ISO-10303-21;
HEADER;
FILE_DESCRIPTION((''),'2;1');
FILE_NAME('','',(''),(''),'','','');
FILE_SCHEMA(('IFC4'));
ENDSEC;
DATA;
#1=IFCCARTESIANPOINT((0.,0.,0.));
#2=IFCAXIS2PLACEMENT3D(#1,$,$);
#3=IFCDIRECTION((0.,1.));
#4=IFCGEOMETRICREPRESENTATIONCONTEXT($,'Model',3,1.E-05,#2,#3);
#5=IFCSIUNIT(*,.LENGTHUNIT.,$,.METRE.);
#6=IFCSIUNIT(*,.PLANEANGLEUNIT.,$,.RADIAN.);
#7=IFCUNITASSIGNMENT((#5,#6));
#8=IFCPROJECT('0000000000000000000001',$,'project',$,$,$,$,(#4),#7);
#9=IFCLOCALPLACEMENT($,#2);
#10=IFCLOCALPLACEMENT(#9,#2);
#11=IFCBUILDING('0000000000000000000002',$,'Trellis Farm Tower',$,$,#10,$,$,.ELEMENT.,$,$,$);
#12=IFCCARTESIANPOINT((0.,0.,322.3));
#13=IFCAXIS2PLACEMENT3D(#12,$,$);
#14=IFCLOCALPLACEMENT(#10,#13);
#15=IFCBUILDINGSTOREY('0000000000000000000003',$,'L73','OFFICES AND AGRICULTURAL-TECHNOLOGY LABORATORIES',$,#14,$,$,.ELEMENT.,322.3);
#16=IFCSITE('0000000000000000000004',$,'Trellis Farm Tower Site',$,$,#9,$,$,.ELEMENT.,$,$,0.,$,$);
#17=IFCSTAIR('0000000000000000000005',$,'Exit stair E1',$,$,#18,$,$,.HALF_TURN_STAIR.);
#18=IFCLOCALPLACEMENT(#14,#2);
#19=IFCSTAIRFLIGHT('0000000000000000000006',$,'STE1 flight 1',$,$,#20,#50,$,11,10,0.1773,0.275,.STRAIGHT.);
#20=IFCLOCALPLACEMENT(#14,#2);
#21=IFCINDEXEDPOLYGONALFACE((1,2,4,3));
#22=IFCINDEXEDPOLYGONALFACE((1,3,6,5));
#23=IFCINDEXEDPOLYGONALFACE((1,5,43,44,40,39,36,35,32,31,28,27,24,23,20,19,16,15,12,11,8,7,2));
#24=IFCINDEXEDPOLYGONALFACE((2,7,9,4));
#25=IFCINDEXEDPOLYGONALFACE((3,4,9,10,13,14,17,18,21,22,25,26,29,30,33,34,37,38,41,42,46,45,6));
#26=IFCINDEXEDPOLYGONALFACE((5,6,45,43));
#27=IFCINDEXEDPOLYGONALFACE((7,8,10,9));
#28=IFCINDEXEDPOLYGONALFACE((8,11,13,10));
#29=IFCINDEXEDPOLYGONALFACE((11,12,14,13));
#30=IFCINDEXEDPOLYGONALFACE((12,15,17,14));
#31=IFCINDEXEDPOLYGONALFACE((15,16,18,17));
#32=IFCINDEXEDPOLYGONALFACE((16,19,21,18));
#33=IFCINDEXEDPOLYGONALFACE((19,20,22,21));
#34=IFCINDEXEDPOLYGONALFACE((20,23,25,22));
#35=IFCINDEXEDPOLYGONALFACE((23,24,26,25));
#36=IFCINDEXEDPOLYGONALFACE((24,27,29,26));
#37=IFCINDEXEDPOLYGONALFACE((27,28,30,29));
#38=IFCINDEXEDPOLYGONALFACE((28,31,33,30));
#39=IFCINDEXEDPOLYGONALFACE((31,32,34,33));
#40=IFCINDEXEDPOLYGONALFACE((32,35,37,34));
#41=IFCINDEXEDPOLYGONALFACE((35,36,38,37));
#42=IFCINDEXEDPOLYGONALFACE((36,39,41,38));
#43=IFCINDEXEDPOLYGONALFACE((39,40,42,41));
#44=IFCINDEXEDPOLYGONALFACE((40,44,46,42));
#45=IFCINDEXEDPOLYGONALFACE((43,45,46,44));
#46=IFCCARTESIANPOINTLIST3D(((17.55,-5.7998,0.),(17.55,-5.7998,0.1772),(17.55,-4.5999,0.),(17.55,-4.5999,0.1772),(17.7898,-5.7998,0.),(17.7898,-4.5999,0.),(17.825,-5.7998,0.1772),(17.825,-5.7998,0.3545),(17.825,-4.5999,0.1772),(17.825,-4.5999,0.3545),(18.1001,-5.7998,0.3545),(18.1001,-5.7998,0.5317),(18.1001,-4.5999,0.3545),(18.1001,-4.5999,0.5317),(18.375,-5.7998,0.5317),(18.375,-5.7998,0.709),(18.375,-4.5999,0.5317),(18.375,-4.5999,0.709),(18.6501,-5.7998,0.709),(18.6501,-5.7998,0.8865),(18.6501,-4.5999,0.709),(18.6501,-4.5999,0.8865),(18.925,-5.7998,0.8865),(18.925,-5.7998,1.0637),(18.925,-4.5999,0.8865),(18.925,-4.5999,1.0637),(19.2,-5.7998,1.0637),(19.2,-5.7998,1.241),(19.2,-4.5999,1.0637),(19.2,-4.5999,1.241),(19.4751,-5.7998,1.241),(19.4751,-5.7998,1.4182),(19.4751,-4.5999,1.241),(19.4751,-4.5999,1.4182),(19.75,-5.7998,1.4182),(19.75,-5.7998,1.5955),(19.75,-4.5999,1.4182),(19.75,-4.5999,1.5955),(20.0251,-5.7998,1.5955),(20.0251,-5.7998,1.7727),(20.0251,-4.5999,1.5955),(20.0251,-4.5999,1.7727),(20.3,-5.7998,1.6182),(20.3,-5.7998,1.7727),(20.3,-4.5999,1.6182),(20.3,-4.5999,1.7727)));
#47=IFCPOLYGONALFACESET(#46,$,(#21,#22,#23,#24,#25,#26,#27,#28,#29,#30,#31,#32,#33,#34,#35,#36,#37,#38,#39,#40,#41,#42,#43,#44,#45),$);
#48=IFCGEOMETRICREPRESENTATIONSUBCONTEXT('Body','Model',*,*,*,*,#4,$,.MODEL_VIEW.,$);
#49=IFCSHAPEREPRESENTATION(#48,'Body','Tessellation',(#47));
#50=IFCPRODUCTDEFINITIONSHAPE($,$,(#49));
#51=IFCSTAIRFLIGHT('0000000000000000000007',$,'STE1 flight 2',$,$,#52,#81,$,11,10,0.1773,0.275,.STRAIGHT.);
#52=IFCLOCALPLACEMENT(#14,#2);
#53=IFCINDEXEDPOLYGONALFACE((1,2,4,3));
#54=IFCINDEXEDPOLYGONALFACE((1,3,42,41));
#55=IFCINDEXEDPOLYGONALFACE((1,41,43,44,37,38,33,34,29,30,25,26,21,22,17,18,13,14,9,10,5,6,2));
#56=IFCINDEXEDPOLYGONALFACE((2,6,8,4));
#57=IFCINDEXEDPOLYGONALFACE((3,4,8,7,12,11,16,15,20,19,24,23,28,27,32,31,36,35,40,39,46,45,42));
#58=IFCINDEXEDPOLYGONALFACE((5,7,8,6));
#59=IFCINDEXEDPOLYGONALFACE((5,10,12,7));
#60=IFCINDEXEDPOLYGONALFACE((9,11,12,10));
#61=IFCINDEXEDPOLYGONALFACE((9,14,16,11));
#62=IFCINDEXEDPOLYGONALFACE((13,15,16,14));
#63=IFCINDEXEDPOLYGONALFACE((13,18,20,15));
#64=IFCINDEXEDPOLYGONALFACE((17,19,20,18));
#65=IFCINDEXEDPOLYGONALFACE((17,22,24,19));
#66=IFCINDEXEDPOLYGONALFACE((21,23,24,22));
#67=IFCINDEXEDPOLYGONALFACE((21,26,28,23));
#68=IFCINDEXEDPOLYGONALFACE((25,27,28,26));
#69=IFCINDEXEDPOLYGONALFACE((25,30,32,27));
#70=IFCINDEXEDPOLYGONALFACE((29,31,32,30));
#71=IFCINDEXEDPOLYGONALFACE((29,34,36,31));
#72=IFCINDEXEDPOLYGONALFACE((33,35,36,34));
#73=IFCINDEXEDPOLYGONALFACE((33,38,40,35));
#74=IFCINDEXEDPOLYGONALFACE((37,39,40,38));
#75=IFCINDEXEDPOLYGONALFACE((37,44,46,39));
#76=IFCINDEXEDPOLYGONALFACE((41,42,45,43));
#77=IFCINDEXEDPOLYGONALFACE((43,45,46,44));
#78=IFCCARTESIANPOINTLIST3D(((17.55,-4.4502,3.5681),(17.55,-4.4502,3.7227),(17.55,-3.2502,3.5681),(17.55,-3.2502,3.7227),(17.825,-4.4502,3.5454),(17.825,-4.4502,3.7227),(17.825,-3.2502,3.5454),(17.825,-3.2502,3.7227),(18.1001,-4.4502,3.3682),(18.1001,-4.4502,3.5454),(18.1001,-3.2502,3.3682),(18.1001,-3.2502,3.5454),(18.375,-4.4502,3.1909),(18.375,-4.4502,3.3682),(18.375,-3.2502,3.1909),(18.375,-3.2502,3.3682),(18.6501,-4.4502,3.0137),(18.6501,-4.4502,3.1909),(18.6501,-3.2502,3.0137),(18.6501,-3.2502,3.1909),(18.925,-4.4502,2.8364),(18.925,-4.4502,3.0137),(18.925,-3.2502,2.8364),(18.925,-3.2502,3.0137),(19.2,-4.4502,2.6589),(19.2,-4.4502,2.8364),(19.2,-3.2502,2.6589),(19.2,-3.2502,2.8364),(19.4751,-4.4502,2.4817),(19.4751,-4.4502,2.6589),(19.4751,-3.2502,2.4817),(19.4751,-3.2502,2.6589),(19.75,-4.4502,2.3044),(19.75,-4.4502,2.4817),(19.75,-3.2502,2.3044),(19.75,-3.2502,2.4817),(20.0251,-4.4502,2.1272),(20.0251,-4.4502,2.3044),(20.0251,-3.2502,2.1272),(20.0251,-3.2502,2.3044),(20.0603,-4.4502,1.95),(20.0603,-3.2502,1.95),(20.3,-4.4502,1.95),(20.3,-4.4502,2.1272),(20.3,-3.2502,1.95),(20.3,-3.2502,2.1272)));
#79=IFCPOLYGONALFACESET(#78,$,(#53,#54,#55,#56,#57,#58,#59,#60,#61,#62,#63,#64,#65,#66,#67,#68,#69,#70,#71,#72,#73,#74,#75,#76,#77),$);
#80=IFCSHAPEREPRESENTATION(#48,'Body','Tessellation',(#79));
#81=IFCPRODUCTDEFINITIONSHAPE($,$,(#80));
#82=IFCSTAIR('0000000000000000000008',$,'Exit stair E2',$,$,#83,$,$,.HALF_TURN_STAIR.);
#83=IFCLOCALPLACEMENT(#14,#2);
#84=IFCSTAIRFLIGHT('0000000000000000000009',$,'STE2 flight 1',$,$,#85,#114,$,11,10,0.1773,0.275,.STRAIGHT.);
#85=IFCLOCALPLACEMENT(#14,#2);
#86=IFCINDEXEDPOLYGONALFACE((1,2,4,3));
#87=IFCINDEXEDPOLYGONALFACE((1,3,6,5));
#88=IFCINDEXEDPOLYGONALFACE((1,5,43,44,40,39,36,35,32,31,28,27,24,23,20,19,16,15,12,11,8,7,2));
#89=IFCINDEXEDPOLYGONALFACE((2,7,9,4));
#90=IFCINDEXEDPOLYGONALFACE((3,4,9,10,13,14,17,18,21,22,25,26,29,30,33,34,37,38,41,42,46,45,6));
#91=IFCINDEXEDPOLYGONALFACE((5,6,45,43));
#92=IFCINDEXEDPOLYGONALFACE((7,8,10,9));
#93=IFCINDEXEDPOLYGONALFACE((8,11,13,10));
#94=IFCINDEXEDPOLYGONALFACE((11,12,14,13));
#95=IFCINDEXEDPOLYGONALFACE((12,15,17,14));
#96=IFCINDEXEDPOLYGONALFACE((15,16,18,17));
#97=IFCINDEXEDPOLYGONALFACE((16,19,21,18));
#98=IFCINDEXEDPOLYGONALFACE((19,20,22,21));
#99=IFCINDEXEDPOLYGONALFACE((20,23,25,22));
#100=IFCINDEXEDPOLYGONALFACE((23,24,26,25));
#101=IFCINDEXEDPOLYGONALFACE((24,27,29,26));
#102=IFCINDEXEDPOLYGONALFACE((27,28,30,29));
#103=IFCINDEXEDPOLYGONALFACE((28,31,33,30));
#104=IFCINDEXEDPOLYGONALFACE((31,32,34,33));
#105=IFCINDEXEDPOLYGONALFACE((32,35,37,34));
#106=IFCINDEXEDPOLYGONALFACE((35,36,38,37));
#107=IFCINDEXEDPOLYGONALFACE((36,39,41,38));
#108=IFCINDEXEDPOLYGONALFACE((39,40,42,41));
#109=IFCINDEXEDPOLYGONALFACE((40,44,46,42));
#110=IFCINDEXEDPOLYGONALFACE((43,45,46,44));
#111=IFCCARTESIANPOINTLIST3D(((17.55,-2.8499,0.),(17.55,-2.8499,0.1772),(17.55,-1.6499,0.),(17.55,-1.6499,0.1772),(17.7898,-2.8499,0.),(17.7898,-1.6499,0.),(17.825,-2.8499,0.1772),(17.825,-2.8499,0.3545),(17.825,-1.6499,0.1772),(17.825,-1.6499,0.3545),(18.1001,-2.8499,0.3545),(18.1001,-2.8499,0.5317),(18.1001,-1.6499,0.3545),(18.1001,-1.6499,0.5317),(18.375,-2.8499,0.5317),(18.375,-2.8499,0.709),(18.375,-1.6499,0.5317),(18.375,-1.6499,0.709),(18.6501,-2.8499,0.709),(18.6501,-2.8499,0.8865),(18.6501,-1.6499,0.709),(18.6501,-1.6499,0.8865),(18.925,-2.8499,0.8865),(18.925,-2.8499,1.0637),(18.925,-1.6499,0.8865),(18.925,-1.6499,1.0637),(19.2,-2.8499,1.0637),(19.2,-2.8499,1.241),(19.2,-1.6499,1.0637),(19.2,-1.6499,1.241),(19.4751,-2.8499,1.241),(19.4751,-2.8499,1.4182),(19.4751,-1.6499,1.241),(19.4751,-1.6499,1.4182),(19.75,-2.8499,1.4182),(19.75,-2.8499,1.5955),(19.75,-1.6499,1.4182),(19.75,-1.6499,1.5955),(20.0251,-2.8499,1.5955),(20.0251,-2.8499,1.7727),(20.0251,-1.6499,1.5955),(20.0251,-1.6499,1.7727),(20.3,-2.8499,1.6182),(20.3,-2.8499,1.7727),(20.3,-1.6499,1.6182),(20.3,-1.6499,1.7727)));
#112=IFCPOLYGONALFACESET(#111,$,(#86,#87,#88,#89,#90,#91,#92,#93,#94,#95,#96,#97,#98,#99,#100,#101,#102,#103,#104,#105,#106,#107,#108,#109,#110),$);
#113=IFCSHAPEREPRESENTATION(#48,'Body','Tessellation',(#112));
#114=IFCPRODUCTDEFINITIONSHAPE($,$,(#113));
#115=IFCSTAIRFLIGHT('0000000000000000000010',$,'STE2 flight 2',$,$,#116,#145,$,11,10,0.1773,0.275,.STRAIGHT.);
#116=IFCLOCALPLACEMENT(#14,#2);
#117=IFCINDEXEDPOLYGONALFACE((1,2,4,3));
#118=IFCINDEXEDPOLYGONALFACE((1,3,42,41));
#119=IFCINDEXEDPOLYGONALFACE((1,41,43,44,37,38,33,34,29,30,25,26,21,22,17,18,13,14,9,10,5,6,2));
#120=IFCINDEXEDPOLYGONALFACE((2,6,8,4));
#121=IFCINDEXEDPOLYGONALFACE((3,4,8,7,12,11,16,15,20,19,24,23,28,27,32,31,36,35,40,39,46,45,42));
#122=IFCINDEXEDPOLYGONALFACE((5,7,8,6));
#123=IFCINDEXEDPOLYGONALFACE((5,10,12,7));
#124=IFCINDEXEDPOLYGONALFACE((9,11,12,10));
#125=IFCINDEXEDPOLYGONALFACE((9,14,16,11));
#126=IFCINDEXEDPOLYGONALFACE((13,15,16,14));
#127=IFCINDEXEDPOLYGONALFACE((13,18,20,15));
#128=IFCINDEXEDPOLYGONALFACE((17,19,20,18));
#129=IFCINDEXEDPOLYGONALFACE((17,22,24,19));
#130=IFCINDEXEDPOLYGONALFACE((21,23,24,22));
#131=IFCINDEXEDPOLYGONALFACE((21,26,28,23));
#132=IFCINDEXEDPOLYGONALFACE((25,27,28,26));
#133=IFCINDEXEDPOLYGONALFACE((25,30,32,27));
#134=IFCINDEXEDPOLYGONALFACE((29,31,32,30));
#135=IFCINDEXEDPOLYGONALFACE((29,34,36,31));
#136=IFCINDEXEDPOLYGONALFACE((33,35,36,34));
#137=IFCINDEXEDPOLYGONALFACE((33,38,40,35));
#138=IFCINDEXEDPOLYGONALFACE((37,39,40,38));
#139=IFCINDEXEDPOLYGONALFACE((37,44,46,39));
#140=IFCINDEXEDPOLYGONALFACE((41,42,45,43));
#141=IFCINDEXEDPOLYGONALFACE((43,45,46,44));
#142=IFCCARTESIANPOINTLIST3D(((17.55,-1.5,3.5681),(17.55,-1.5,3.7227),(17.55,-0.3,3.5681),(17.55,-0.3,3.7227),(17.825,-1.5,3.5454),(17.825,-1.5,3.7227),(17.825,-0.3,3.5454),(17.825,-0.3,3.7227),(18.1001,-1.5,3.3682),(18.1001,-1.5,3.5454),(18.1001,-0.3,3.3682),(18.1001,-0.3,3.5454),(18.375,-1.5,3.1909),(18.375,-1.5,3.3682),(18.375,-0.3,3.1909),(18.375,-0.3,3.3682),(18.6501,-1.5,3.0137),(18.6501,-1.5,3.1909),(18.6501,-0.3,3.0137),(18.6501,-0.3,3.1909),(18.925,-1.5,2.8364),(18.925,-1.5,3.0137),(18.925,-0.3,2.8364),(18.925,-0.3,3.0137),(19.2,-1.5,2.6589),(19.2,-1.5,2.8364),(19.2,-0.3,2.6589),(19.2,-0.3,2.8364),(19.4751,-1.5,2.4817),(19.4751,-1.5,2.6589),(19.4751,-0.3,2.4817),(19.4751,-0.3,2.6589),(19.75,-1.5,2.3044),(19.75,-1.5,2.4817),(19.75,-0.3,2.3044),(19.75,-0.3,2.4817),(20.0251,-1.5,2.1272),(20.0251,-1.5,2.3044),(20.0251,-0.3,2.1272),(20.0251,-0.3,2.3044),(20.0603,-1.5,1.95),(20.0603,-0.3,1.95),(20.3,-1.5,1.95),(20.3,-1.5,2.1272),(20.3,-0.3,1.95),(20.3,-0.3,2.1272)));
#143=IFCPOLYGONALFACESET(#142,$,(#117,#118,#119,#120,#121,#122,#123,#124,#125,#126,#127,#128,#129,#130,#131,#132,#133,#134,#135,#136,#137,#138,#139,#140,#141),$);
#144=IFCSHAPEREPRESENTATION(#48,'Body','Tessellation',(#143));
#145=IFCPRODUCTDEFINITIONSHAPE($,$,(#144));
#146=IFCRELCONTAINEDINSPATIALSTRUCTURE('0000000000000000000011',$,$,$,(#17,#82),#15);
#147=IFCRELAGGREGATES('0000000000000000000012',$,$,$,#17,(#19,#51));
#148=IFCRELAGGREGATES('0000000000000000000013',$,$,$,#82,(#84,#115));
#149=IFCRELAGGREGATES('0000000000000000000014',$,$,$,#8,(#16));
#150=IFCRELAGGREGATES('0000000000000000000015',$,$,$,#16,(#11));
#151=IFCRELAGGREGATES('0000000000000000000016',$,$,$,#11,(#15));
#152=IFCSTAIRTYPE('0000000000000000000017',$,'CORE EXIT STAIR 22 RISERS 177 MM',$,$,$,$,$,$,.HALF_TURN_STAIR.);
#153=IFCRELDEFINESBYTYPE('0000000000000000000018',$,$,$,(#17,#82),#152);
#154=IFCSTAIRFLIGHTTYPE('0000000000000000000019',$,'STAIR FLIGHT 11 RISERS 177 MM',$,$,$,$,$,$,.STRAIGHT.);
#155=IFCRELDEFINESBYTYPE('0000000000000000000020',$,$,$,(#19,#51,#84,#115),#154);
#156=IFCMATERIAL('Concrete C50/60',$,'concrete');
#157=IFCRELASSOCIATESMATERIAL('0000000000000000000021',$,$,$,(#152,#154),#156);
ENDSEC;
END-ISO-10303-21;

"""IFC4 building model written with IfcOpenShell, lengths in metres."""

from ifc_helpers import new_model, si_unit, direction, frame, origin, place, context, subcontext, project, spatial, polyline, outline, extrude, source, transform, mapped, material, type_object, element, aggregate, save


model = new_model("IFC4")

# Units and contexts
model_context = context("Model", 3, precision=1e-05, world=origin(), true_north=direction((0.0, 1.0)))
body_context = subcontext(model_context, "Body", "Model", "MODEL_VIEW")
ifc_project = project(units=[si_unit("LENGTHUNIT", "METRE"), si_unit("PLANEANGLEUNIT", "RADIAN")], contexts=[model_context])

# Site, building, storey
site_placement = place(None, origin())
site = spatial("IfcSite", under=ifc_project, at=site_placement, Name="Trellis Farm Tower Site", CompositionType="ELEMENT", RefElevation=0.0)
building_placement = place(site_placement, origin())
building = spatial("IfcBuilding", under=site, at=building_placement, Name="Trellis Farm Tower", CompositionType="ELEMENT")
storey_placement = place(building_placement, frame((0.0, 0.0, 322.3)))
storey = spatial("IfcBuildingStorey", under=building, at=storey_placement, Name="L73", Description="OFFICES AND AGRICULTURAL-TECHNOLOGY LABORATORIES", CompositionType="ELEMENT", Elevation=322.3)

# Shared definitions
placement = place(storey_placement, origin())

# Shared definitions
ifc_material_1 = material(Name="Concrete C50/60", Category="concrete")

# Stairs, stair flights
stair_type = type_object("IfcStairType", Name="CORE EXIT STAIR 22 RISERS 177 MM", PredefinedType="HALF_TURN_STAIR", material=ifc_material_1)
stair_1 = element("IfcStair", 1, at=placement, inside=storey, type_object=stair_type, Name="Exit stair E1", PredefinedType="HALF_TURN_STAIR")
stair_flight_type = type_object("IfcStairFlightType", Name="STAIR FLIGHT 11 RISERS 177 MM", PredefinedType="STRAIGHT", material=ifc_material_1)
shared_shape_1 = source(origin(), body_context, "Body", "SweptSolid", [
    extrude(outline(polyline([(0.0, 0.0), (0.0, 0.1772), (0.2749, 0.1772), (0.2749, 0.3545), (0.55, 0.3545), (0.55, 0.5317), (0.825, 0.5317), (0.825, 0.709), (1.1001, 0.709), (1.1001, 0.8865), (1.375, 0.8865), (1.375, 1.0637), (1.6499, 1.0637), (1.6499, 1.241), (1.925, 1.241), (1.925, 1.4182), (2.2, 1.4182), (2.2, 1.5955), (2.4751, 1.5955), (2.4751, 1.7727), (2.75, 1.7727), (2.75, 1.95), (2.75, 1.6182), (0.2397, 0.0), (0.0, 0.0)])), frame((0.0, 0.6001, 0.0), z_axis=(0.0, -1.0, 0.0), x_axis=(1.0, 0.0, 0.0)), (0.0, 0.0, 1.0), 1.2),
])
stair_flight_1_placement = place(storey_placement, frame((17.55, -5.2, 0.0), z_axis=(0.0, 0.0, 1.0), x_axis=(1.0, 0.0, 0.0)))
stair_flight_1 = element("IfcStairFlight", 2, at=stair_flight_1_placement, type_object=stair_flight_type, Name="STE1 flight 1", NumberOfRisers=11, NumberOfTreads=10, PredefinedType="STRAIGHT", RiserHeight=0.1773, TreadLength=0.275, context=body_context, shape_type="MappedRepresentation", body=[
    mapped(shared_shape_1, transform((0.0, 0.0, 0.0))),
])
stair_flight_2_placement = place(storey_placement, frame((20.3, -3.8501, 1.95), z_axis=(0.0, 0.0, 1.0), x_axis=(-1.0, 0.0, 0.0)))
stair_flight_2 = element("IfcStairFlight", 3, at=stair_flight_2_placement, type_object=stair_flight_type, Name="STE1 flight 2", NumberOfRisers=11, NumberOfTreads=10, PredefinedType="STRAIGHT", RiserHeight=0.1773, TreadLength=0.275, context=body_context, shape_type="MappedRepresentation", body=[
    mapped(shared_shape_1, transform((0.0, 0.0, 0.0))),
])
aggregate(stair_1, [stair_flight_1, stair_flight_2])
stair_2 = element("IfcStair", 4, at=placement, inside=storey, type_object=stair_type, Name="Exit stair E2", PredefinedType="HALF_TURN_STAIR")
stair_flight_3_placement = place(storey_placement, frame((17.55, -2.25, 0.0), z_axis=(0.0, 0.0, 1.0), x_axis=(1.0, 0.0, 0.0)))
stair_flight_3 = element("IfcStairFlight", 5, at=stair_flight_3_placement, type_object=stair_flight_type, Name="STE2 flight 1", NumberOfRisers=11, NumberOfTreads=10, PredefinedType="STRAIGHT", RiserHeight=0.1773, TreadLength=0.275, context=body_context, shape_type="MappedRepresentation", body=[
    mapped(shared_shape_1, transform((0.0, 0.0, 0.0))),
])
stair_flight_4_placement = place(storey_placement, frame((20.3, -0.8999, 1.95), z_axis=(0.0, 0.0, 1.0), x_axis=(-1.0, 0.0, 0.0)))
stair_flight_4 = element("IfcStairFlight", 6, at=stair_flight_4_placement, type_object=stair_flight_type, Name="STE2 flight 2", NumberOfRisers=11, NumberOfTreads=10, PredefinedType="STRAIGHT", RiserHeight=0.1773, TreadLength=0.275, context=body_context, shape_type="MappedRepresentation", body=[
    mapped(shared_shape_1, transform((0.0, 0.0, 0.0))),
])
aggregate(stair_2, [stair_flight_3, stair_flight_4])

save(model, "model.ifc")
